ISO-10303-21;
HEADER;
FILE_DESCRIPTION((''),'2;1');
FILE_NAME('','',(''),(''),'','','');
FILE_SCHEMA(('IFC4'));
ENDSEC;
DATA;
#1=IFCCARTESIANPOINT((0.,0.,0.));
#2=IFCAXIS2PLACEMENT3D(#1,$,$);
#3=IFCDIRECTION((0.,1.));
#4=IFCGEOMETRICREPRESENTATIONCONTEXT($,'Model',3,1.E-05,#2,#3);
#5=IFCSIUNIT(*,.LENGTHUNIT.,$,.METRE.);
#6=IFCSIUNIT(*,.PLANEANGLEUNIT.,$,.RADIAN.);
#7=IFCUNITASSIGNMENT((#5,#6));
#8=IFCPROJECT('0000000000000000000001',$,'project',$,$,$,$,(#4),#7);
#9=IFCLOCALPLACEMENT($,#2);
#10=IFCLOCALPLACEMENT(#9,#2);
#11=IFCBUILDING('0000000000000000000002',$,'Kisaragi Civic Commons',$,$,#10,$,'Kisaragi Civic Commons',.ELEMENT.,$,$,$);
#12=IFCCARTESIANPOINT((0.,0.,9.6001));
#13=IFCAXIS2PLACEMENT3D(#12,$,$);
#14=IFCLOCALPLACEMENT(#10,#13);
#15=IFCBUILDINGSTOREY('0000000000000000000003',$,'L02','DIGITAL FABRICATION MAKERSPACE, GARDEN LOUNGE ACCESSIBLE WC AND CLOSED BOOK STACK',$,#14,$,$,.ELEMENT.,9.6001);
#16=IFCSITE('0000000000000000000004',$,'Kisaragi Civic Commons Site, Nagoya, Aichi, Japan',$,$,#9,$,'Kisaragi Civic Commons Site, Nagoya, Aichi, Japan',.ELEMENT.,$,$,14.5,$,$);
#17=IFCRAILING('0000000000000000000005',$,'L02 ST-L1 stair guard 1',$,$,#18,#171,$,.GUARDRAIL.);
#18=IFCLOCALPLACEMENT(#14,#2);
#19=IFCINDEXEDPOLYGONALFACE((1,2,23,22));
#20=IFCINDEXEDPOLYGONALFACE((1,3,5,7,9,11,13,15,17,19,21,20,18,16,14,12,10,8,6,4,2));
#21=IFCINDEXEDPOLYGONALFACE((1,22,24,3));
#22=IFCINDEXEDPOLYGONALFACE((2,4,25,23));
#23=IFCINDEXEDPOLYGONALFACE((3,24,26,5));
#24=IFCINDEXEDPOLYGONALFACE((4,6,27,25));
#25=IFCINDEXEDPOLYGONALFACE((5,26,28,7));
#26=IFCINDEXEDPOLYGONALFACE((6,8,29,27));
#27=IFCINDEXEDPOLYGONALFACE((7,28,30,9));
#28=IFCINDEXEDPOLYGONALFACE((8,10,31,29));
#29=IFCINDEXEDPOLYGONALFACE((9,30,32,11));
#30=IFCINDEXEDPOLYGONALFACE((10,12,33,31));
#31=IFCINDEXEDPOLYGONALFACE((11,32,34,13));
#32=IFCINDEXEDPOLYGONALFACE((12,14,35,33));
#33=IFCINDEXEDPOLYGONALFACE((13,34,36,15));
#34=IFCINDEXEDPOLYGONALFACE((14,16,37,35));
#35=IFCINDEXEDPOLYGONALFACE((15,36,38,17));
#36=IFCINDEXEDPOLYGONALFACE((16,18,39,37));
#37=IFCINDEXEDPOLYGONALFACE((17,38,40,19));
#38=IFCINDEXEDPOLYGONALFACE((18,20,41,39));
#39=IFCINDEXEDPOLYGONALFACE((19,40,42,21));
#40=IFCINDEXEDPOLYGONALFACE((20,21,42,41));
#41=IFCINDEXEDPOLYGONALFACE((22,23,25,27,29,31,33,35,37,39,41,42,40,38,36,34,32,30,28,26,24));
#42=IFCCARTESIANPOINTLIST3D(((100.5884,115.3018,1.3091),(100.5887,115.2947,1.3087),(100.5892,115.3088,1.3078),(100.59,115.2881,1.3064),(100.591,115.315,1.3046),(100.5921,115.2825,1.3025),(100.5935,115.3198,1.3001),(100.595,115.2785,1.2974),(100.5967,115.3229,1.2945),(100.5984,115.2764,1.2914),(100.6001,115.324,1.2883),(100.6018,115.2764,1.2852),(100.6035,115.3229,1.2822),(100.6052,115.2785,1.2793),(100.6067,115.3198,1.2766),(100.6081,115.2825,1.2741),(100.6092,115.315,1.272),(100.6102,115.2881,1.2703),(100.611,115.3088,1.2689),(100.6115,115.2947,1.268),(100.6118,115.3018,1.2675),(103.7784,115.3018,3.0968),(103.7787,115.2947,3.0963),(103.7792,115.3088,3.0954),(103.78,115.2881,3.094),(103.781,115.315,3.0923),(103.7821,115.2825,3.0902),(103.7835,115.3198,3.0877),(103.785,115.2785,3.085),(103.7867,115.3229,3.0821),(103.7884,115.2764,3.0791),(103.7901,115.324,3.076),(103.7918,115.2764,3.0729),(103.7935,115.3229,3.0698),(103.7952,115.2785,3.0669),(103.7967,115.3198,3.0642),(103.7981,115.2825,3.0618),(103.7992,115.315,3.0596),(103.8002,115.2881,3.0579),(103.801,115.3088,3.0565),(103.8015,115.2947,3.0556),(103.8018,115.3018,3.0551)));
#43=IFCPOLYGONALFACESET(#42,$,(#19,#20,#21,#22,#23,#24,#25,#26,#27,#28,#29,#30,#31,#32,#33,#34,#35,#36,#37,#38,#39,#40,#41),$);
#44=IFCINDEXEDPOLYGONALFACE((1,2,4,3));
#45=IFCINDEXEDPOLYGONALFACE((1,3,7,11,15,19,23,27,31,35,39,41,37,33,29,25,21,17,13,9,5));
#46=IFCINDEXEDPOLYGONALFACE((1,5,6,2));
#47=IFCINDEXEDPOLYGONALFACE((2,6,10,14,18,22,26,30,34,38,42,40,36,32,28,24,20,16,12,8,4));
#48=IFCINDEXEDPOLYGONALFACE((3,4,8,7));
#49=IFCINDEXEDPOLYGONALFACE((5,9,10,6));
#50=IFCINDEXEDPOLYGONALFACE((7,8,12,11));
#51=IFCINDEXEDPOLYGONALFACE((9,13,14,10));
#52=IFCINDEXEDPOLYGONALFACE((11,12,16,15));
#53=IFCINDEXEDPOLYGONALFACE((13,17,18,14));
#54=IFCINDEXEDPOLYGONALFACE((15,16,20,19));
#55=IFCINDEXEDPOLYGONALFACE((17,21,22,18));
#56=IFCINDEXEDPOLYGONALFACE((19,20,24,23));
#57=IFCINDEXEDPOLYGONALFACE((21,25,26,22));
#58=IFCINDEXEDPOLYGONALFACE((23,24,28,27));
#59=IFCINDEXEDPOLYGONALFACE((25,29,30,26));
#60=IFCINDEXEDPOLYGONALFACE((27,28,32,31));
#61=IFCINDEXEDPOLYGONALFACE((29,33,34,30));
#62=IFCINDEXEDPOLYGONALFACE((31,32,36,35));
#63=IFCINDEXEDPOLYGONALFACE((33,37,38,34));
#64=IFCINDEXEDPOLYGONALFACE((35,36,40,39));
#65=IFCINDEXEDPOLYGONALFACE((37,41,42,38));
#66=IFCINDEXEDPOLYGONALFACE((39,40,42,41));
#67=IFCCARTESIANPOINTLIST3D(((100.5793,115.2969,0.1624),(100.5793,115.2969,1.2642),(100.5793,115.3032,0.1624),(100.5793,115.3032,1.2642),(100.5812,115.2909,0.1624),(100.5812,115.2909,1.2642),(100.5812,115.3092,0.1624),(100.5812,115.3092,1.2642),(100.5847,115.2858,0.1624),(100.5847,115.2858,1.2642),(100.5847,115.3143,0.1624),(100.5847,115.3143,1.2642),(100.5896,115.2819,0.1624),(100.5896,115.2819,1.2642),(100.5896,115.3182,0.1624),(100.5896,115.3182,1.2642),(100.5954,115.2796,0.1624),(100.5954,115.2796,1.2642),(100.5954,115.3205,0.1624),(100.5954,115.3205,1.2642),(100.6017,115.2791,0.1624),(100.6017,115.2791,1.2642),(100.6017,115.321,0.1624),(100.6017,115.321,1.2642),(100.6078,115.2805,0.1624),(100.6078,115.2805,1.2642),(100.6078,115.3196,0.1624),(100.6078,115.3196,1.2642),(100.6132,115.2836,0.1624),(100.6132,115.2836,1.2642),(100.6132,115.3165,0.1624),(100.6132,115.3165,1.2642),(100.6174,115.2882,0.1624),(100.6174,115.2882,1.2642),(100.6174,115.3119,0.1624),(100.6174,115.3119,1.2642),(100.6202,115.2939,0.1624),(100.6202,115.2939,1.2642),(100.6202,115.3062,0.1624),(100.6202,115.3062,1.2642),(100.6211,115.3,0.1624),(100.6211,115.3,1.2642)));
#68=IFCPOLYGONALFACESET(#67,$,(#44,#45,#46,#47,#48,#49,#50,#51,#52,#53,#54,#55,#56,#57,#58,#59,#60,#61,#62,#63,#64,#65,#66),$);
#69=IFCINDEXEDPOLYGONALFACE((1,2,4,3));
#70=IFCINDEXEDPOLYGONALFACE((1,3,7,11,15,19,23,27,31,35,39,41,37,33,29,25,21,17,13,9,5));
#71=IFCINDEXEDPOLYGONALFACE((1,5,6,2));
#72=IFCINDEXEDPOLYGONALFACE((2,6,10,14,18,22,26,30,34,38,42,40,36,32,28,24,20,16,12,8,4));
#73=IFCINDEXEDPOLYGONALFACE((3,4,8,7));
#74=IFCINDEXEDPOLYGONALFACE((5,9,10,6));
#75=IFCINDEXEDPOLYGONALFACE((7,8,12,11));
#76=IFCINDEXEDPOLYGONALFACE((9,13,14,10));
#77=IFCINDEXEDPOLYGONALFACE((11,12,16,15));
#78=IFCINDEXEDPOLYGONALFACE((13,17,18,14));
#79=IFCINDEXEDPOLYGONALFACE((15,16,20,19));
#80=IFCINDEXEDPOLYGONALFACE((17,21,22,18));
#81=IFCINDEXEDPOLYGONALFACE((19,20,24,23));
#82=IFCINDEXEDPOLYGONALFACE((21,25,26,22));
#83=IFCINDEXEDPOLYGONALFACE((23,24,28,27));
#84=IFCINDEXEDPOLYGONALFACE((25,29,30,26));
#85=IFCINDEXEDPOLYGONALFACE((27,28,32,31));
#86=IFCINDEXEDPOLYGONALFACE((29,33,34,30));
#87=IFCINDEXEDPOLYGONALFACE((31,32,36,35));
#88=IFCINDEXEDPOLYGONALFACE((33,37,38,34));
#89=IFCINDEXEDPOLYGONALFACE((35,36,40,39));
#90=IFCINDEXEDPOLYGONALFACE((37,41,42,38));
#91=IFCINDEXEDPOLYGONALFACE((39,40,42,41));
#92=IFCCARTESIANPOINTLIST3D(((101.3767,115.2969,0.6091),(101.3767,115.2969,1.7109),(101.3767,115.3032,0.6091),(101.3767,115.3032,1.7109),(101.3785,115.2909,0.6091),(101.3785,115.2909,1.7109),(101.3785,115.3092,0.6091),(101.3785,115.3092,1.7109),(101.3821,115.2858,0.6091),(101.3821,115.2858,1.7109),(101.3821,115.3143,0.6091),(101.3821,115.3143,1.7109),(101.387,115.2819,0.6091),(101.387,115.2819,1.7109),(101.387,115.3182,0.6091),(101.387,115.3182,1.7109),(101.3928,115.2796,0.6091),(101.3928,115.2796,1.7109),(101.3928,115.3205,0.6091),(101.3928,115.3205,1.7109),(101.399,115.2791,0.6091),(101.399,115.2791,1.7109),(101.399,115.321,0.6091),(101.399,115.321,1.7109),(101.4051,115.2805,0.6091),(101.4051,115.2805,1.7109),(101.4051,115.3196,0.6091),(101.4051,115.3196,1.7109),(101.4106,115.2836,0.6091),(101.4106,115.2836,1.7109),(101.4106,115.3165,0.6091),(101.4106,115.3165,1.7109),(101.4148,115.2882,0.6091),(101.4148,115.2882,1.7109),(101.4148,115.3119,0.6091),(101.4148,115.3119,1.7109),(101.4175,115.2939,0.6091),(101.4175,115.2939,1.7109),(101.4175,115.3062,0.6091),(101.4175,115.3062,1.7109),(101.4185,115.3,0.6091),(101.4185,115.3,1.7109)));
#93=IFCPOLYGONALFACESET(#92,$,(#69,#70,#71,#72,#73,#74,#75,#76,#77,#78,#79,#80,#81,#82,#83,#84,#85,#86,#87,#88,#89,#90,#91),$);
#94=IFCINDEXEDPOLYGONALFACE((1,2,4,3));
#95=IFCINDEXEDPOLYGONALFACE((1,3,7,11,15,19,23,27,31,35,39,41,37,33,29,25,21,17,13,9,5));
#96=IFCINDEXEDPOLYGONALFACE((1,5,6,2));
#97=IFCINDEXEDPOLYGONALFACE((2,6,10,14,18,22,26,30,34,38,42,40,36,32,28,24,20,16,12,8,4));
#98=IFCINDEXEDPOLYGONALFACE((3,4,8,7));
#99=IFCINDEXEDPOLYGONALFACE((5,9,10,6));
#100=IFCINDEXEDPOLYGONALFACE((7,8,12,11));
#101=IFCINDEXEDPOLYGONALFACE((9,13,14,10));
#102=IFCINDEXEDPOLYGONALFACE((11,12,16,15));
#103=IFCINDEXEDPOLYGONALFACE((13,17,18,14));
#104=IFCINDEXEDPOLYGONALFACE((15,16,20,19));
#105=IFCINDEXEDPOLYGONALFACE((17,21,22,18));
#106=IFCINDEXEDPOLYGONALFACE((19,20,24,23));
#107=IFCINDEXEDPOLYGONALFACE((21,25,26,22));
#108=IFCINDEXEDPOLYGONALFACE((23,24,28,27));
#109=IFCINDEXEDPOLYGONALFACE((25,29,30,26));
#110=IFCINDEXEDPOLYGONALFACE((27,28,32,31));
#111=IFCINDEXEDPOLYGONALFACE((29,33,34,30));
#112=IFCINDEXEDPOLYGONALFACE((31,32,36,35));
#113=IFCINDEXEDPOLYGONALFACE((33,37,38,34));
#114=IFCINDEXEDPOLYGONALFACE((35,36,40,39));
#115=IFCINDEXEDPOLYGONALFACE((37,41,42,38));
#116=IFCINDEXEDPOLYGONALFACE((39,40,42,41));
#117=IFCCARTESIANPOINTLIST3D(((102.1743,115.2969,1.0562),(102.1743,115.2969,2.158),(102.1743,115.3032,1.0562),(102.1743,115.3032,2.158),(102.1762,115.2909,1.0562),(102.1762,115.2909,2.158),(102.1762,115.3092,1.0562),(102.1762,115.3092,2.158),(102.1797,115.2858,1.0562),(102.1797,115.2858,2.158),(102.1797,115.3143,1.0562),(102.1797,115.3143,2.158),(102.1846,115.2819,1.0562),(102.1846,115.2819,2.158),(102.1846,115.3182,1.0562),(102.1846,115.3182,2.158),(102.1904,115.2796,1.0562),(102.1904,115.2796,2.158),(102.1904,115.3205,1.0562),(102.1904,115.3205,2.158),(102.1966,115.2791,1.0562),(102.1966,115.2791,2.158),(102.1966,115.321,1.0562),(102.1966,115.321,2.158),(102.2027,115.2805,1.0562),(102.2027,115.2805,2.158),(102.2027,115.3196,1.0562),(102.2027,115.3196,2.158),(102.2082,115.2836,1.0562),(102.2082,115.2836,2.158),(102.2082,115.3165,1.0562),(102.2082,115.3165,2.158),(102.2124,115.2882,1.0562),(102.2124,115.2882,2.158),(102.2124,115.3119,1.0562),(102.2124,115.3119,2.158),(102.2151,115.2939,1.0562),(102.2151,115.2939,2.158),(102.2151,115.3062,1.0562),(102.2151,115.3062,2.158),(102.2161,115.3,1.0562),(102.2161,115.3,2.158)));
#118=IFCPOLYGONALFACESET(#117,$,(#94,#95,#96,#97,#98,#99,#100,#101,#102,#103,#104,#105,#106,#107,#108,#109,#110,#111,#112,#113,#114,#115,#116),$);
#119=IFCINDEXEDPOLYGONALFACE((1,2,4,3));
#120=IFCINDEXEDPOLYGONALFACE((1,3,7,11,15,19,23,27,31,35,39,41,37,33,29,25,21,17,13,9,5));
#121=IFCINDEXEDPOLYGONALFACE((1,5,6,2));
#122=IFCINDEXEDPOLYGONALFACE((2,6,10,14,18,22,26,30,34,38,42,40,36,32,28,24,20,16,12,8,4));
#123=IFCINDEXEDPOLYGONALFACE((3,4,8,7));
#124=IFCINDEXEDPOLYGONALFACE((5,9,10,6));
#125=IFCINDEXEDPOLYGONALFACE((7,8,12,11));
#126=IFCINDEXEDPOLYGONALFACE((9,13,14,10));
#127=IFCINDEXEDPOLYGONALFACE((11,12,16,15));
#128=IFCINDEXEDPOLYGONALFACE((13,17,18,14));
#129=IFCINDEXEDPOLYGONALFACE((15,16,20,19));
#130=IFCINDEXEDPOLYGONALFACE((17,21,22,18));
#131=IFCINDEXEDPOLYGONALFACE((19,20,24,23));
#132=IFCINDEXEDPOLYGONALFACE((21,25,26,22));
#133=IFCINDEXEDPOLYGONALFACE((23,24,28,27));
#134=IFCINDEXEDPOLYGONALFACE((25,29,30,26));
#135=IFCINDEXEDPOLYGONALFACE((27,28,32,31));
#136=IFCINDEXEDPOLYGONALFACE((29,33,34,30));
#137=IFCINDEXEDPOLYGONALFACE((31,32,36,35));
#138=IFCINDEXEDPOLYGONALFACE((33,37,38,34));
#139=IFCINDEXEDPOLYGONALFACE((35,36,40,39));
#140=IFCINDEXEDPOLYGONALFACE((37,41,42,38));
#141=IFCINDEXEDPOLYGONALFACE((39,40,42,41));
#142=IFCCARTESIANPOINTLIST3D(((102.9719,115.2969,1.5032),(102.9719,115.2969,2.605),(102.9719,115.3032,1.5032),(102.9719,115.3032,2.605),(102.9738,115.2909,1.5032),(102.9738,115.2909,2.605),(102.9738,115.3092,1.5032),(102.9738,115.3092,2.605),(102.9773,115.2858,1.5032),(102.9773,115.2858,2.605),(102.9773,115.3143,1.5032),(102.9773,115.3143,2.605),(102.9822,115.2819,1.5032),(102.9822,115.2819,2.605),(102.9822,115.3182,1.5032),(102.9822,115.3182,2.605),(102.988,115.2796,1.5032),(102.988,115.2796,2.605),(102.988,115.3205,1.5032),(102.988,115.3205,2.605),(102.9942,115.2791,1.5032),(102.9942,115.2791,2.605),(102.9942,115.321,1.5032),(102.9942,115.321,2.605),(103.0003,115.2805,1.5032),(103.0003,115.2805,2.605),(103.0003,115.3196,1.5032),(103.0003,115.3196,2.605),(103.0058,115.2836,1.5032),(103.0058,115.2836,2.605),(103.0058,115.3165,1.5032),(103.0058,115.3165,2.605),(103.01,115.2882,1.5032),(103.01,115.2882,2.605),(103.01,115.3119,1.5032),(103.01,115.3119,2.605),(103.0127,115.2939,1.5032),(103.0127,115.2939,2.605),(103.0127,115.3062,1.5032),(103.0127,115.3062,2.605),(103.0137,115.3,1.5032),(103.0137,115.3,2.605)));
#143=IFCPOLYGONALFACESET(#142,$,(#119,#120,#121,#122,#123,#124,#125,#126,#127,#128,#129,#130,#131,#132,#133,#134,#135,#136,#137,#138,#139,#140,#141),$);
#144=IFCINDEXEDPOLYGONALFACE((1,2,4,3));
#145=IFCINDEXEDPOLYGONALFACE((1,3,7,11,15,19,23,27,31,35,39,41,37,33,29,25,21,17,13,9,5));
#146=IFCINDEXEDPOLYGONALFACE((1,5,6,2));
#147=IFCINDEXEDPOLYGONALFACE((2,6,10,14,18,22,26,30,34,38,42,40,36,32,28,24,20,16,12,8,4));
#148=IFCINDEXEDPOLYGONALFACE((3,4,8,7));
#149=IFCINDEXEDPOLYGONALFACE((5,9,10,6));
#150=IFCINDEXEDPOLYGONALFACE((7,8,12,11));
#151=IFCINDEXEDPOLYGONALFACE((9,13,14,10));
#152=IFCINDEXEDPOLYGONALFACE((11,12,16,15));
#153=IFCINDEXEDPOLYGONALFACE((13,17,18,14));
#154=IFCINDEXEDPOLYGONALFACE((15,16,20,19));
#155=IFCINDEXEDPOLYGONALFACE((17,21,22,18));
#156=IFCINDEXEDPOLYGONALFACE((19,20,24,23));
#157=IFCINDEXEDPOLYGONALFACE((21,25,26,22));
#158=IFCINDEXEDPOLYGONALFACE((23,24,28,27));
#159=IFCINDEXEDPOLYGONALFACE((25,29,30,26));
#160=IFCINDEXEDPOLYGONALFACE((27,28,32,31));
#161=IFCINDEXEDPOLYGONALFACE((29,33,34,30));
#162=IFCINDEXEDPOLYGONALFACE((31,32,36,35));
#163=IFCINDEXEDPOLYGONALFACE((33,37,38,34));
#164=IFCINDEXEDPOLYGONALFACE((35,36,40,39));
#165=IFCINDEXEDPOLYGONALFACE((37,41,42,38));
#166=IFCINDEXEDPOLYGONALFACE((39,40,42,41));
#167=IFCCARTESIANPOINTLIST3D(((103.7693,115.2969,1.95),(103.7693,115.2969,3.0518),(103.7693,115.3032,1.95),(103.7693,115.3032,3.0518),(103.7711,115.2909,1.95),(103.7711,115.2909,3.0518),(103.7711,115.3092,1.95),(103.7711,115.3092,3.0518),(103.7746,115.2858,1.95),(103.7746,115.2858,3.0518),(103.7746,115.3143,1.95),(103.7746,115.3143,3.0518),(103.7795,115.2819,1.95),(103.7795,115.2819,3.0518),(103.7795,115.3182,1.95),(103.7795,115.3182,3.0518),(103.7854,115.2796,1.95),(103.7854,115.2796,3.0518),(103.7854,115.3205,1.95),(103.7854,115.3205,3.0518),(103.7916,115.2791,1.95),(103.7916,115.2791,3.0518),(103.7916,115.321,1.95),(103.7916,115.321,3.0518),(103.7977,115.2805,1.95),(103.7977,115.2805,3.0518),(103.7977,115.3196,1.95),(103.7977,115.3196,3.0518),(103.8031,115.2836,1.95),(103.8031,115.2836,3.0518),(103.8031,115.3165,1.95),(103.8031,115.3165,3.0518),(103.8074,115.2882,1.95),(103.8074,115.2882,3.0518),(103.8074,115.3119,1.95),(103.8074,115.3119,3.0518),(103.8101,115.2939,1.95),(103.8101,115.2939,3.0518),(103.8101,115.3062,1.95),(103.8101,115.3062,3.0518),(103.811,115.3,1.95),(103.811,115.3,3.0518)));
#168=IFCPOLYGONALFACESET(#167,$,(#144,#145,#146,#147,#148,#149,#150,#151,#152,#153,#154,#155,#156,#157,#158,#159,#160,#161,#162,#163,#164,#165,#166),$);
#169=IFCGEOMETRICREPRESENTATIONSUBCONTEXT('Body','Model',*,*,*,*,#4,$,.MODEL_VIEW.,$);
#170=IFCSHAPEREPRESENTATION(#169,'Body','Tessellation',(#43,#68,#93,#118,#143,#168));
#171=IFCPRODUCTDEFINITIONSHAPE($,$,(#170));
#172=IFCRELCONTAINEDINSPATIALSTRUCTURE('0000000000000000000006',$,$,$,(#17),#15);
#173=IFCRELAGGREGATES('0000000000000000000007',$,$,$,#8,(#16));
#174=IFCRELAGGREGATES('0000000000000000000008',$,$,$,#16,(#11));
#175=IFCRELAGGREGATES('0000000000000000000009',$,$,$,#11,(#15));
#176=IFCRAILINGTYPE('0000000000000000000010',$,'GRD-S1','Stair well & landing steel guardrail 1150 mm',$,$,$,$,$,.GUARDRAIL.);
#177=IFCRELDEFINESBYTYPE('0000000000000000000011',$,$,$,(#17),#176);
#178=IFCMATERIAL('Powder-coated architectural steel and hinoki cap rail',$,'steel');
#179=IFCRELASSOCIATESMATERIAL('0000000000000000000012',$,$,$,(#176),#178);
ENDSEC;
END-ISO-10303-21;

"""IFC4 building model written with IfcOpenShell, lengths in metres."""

from ifc_helpers import new_model, si_unit, direction, frame, origin, origin_2d, place, context, subcontext, project, spatial, circle, extrude, material, type_object, element, save


model = new_model("IFC4")

# Units and contexts
model_context = context("Model", 3, precision=1e-05, world=origin(), true_north=direction((0.0, 1.0)))
body_context = subcontext(model_context, "Body", "Model", "MODEL_VIEW")
ifc_project = project(units=[si_unit("LENGTHUNIT", "METRE"), si_unit("PLANEANGLEUNIT", "RADIAN")], contexts=[model_context])

# Site, building, storey
site_placement = place(None, origin())
site = spatial("IfcSite", under=ifc_project, at=site_placement, Name="Kisaragi Civic Commons Site, Nagoya, Aichi, Japan", LongName="Kisaragi Civic Commons Site, Nagoya, Aichi, Japan", CompositionType="ELEMENT", RefElevation=14.5)
building_placement = place(site_placement, origin())
building = spatial("IfcBuilding", under=site, at=building_placement, Name="Kisaragi Civic Commons", LongName="Kisaragi Civic Commons", CompositionType="ELEMENT")
storey_placement = place(building_placement, frame((0.0, 0.0, 9.6001)))
storey = spatial("IfcBuildingStorey", under=building, at=storey_placement, Name="L02", Description="DIGITAL FABRICATION MAKERSPACE, GARDEN LOUNGE ACCESSIBLE WC AND CLOSED BOOK STACK", CompositionType="ELEMENT", Elevation=9.6001)

# Railing
ifc_material_1 = material(Name="Powder-coated architectural steel and hinoki cap rail", Category="steel")
railing_type_1 = type_object("IfcRailingType", Name="GRD-S1", Description="Stair well & landing steel guardrail 1150 mm", PredefinedType="GUARDRAIL", material=ifc_material_1)
railing_1_placement = place(storey_placement, frame((100.6001, 115.3, 0.1624)))
element("IfcRailing", 1, at=railing_1_placement, inside=storey, type_object=railing_type_1, Name="L02 ST-L1 stair guard 1", PredefinedType="GUARDRAIL", context=body_context, shape_type="SweptSolid", body=[
    extrude(circle(Radius=0.0239, at=origin_2d()), frame((0.0, 0.0, 1.126), z_axis=(0.872363, 0.0, 0.48886), x_axis=(0.0, 1.0, 0.0)), (0.0, 0.0, 1.0), 3.6567),
    extrude(circle(Radius=0.021, at=origin_2d()), origin(), (0.0, 0.0, 1.0), 1.1018),
    extrude(circle(Radius=0.021, at=origin_2d()), frame((0.7974, 0.0, 0.4468)), (0.0, 0.0, 1.0), 1.1018),
    extrude(circle(Radius=0.021, at=origin_2d()), frame((1.595, 0.0, 0.8938)), (0.0, 0.0, 1.0), 1.1018),
    extrude(circle(Radius=0.021, at=origin_2d()), frame((2.3926, 0.0, 1.3408)), (0.0, 0.0, 1.0), 1.1018),
    extrude(circle(Radius=0.021, at=origin_2d()), frame((3.1899, 0.0, 1.7876)), (0.0, 0.0, 1.0), 1.1018),
])

save(model, "model.ifc")
